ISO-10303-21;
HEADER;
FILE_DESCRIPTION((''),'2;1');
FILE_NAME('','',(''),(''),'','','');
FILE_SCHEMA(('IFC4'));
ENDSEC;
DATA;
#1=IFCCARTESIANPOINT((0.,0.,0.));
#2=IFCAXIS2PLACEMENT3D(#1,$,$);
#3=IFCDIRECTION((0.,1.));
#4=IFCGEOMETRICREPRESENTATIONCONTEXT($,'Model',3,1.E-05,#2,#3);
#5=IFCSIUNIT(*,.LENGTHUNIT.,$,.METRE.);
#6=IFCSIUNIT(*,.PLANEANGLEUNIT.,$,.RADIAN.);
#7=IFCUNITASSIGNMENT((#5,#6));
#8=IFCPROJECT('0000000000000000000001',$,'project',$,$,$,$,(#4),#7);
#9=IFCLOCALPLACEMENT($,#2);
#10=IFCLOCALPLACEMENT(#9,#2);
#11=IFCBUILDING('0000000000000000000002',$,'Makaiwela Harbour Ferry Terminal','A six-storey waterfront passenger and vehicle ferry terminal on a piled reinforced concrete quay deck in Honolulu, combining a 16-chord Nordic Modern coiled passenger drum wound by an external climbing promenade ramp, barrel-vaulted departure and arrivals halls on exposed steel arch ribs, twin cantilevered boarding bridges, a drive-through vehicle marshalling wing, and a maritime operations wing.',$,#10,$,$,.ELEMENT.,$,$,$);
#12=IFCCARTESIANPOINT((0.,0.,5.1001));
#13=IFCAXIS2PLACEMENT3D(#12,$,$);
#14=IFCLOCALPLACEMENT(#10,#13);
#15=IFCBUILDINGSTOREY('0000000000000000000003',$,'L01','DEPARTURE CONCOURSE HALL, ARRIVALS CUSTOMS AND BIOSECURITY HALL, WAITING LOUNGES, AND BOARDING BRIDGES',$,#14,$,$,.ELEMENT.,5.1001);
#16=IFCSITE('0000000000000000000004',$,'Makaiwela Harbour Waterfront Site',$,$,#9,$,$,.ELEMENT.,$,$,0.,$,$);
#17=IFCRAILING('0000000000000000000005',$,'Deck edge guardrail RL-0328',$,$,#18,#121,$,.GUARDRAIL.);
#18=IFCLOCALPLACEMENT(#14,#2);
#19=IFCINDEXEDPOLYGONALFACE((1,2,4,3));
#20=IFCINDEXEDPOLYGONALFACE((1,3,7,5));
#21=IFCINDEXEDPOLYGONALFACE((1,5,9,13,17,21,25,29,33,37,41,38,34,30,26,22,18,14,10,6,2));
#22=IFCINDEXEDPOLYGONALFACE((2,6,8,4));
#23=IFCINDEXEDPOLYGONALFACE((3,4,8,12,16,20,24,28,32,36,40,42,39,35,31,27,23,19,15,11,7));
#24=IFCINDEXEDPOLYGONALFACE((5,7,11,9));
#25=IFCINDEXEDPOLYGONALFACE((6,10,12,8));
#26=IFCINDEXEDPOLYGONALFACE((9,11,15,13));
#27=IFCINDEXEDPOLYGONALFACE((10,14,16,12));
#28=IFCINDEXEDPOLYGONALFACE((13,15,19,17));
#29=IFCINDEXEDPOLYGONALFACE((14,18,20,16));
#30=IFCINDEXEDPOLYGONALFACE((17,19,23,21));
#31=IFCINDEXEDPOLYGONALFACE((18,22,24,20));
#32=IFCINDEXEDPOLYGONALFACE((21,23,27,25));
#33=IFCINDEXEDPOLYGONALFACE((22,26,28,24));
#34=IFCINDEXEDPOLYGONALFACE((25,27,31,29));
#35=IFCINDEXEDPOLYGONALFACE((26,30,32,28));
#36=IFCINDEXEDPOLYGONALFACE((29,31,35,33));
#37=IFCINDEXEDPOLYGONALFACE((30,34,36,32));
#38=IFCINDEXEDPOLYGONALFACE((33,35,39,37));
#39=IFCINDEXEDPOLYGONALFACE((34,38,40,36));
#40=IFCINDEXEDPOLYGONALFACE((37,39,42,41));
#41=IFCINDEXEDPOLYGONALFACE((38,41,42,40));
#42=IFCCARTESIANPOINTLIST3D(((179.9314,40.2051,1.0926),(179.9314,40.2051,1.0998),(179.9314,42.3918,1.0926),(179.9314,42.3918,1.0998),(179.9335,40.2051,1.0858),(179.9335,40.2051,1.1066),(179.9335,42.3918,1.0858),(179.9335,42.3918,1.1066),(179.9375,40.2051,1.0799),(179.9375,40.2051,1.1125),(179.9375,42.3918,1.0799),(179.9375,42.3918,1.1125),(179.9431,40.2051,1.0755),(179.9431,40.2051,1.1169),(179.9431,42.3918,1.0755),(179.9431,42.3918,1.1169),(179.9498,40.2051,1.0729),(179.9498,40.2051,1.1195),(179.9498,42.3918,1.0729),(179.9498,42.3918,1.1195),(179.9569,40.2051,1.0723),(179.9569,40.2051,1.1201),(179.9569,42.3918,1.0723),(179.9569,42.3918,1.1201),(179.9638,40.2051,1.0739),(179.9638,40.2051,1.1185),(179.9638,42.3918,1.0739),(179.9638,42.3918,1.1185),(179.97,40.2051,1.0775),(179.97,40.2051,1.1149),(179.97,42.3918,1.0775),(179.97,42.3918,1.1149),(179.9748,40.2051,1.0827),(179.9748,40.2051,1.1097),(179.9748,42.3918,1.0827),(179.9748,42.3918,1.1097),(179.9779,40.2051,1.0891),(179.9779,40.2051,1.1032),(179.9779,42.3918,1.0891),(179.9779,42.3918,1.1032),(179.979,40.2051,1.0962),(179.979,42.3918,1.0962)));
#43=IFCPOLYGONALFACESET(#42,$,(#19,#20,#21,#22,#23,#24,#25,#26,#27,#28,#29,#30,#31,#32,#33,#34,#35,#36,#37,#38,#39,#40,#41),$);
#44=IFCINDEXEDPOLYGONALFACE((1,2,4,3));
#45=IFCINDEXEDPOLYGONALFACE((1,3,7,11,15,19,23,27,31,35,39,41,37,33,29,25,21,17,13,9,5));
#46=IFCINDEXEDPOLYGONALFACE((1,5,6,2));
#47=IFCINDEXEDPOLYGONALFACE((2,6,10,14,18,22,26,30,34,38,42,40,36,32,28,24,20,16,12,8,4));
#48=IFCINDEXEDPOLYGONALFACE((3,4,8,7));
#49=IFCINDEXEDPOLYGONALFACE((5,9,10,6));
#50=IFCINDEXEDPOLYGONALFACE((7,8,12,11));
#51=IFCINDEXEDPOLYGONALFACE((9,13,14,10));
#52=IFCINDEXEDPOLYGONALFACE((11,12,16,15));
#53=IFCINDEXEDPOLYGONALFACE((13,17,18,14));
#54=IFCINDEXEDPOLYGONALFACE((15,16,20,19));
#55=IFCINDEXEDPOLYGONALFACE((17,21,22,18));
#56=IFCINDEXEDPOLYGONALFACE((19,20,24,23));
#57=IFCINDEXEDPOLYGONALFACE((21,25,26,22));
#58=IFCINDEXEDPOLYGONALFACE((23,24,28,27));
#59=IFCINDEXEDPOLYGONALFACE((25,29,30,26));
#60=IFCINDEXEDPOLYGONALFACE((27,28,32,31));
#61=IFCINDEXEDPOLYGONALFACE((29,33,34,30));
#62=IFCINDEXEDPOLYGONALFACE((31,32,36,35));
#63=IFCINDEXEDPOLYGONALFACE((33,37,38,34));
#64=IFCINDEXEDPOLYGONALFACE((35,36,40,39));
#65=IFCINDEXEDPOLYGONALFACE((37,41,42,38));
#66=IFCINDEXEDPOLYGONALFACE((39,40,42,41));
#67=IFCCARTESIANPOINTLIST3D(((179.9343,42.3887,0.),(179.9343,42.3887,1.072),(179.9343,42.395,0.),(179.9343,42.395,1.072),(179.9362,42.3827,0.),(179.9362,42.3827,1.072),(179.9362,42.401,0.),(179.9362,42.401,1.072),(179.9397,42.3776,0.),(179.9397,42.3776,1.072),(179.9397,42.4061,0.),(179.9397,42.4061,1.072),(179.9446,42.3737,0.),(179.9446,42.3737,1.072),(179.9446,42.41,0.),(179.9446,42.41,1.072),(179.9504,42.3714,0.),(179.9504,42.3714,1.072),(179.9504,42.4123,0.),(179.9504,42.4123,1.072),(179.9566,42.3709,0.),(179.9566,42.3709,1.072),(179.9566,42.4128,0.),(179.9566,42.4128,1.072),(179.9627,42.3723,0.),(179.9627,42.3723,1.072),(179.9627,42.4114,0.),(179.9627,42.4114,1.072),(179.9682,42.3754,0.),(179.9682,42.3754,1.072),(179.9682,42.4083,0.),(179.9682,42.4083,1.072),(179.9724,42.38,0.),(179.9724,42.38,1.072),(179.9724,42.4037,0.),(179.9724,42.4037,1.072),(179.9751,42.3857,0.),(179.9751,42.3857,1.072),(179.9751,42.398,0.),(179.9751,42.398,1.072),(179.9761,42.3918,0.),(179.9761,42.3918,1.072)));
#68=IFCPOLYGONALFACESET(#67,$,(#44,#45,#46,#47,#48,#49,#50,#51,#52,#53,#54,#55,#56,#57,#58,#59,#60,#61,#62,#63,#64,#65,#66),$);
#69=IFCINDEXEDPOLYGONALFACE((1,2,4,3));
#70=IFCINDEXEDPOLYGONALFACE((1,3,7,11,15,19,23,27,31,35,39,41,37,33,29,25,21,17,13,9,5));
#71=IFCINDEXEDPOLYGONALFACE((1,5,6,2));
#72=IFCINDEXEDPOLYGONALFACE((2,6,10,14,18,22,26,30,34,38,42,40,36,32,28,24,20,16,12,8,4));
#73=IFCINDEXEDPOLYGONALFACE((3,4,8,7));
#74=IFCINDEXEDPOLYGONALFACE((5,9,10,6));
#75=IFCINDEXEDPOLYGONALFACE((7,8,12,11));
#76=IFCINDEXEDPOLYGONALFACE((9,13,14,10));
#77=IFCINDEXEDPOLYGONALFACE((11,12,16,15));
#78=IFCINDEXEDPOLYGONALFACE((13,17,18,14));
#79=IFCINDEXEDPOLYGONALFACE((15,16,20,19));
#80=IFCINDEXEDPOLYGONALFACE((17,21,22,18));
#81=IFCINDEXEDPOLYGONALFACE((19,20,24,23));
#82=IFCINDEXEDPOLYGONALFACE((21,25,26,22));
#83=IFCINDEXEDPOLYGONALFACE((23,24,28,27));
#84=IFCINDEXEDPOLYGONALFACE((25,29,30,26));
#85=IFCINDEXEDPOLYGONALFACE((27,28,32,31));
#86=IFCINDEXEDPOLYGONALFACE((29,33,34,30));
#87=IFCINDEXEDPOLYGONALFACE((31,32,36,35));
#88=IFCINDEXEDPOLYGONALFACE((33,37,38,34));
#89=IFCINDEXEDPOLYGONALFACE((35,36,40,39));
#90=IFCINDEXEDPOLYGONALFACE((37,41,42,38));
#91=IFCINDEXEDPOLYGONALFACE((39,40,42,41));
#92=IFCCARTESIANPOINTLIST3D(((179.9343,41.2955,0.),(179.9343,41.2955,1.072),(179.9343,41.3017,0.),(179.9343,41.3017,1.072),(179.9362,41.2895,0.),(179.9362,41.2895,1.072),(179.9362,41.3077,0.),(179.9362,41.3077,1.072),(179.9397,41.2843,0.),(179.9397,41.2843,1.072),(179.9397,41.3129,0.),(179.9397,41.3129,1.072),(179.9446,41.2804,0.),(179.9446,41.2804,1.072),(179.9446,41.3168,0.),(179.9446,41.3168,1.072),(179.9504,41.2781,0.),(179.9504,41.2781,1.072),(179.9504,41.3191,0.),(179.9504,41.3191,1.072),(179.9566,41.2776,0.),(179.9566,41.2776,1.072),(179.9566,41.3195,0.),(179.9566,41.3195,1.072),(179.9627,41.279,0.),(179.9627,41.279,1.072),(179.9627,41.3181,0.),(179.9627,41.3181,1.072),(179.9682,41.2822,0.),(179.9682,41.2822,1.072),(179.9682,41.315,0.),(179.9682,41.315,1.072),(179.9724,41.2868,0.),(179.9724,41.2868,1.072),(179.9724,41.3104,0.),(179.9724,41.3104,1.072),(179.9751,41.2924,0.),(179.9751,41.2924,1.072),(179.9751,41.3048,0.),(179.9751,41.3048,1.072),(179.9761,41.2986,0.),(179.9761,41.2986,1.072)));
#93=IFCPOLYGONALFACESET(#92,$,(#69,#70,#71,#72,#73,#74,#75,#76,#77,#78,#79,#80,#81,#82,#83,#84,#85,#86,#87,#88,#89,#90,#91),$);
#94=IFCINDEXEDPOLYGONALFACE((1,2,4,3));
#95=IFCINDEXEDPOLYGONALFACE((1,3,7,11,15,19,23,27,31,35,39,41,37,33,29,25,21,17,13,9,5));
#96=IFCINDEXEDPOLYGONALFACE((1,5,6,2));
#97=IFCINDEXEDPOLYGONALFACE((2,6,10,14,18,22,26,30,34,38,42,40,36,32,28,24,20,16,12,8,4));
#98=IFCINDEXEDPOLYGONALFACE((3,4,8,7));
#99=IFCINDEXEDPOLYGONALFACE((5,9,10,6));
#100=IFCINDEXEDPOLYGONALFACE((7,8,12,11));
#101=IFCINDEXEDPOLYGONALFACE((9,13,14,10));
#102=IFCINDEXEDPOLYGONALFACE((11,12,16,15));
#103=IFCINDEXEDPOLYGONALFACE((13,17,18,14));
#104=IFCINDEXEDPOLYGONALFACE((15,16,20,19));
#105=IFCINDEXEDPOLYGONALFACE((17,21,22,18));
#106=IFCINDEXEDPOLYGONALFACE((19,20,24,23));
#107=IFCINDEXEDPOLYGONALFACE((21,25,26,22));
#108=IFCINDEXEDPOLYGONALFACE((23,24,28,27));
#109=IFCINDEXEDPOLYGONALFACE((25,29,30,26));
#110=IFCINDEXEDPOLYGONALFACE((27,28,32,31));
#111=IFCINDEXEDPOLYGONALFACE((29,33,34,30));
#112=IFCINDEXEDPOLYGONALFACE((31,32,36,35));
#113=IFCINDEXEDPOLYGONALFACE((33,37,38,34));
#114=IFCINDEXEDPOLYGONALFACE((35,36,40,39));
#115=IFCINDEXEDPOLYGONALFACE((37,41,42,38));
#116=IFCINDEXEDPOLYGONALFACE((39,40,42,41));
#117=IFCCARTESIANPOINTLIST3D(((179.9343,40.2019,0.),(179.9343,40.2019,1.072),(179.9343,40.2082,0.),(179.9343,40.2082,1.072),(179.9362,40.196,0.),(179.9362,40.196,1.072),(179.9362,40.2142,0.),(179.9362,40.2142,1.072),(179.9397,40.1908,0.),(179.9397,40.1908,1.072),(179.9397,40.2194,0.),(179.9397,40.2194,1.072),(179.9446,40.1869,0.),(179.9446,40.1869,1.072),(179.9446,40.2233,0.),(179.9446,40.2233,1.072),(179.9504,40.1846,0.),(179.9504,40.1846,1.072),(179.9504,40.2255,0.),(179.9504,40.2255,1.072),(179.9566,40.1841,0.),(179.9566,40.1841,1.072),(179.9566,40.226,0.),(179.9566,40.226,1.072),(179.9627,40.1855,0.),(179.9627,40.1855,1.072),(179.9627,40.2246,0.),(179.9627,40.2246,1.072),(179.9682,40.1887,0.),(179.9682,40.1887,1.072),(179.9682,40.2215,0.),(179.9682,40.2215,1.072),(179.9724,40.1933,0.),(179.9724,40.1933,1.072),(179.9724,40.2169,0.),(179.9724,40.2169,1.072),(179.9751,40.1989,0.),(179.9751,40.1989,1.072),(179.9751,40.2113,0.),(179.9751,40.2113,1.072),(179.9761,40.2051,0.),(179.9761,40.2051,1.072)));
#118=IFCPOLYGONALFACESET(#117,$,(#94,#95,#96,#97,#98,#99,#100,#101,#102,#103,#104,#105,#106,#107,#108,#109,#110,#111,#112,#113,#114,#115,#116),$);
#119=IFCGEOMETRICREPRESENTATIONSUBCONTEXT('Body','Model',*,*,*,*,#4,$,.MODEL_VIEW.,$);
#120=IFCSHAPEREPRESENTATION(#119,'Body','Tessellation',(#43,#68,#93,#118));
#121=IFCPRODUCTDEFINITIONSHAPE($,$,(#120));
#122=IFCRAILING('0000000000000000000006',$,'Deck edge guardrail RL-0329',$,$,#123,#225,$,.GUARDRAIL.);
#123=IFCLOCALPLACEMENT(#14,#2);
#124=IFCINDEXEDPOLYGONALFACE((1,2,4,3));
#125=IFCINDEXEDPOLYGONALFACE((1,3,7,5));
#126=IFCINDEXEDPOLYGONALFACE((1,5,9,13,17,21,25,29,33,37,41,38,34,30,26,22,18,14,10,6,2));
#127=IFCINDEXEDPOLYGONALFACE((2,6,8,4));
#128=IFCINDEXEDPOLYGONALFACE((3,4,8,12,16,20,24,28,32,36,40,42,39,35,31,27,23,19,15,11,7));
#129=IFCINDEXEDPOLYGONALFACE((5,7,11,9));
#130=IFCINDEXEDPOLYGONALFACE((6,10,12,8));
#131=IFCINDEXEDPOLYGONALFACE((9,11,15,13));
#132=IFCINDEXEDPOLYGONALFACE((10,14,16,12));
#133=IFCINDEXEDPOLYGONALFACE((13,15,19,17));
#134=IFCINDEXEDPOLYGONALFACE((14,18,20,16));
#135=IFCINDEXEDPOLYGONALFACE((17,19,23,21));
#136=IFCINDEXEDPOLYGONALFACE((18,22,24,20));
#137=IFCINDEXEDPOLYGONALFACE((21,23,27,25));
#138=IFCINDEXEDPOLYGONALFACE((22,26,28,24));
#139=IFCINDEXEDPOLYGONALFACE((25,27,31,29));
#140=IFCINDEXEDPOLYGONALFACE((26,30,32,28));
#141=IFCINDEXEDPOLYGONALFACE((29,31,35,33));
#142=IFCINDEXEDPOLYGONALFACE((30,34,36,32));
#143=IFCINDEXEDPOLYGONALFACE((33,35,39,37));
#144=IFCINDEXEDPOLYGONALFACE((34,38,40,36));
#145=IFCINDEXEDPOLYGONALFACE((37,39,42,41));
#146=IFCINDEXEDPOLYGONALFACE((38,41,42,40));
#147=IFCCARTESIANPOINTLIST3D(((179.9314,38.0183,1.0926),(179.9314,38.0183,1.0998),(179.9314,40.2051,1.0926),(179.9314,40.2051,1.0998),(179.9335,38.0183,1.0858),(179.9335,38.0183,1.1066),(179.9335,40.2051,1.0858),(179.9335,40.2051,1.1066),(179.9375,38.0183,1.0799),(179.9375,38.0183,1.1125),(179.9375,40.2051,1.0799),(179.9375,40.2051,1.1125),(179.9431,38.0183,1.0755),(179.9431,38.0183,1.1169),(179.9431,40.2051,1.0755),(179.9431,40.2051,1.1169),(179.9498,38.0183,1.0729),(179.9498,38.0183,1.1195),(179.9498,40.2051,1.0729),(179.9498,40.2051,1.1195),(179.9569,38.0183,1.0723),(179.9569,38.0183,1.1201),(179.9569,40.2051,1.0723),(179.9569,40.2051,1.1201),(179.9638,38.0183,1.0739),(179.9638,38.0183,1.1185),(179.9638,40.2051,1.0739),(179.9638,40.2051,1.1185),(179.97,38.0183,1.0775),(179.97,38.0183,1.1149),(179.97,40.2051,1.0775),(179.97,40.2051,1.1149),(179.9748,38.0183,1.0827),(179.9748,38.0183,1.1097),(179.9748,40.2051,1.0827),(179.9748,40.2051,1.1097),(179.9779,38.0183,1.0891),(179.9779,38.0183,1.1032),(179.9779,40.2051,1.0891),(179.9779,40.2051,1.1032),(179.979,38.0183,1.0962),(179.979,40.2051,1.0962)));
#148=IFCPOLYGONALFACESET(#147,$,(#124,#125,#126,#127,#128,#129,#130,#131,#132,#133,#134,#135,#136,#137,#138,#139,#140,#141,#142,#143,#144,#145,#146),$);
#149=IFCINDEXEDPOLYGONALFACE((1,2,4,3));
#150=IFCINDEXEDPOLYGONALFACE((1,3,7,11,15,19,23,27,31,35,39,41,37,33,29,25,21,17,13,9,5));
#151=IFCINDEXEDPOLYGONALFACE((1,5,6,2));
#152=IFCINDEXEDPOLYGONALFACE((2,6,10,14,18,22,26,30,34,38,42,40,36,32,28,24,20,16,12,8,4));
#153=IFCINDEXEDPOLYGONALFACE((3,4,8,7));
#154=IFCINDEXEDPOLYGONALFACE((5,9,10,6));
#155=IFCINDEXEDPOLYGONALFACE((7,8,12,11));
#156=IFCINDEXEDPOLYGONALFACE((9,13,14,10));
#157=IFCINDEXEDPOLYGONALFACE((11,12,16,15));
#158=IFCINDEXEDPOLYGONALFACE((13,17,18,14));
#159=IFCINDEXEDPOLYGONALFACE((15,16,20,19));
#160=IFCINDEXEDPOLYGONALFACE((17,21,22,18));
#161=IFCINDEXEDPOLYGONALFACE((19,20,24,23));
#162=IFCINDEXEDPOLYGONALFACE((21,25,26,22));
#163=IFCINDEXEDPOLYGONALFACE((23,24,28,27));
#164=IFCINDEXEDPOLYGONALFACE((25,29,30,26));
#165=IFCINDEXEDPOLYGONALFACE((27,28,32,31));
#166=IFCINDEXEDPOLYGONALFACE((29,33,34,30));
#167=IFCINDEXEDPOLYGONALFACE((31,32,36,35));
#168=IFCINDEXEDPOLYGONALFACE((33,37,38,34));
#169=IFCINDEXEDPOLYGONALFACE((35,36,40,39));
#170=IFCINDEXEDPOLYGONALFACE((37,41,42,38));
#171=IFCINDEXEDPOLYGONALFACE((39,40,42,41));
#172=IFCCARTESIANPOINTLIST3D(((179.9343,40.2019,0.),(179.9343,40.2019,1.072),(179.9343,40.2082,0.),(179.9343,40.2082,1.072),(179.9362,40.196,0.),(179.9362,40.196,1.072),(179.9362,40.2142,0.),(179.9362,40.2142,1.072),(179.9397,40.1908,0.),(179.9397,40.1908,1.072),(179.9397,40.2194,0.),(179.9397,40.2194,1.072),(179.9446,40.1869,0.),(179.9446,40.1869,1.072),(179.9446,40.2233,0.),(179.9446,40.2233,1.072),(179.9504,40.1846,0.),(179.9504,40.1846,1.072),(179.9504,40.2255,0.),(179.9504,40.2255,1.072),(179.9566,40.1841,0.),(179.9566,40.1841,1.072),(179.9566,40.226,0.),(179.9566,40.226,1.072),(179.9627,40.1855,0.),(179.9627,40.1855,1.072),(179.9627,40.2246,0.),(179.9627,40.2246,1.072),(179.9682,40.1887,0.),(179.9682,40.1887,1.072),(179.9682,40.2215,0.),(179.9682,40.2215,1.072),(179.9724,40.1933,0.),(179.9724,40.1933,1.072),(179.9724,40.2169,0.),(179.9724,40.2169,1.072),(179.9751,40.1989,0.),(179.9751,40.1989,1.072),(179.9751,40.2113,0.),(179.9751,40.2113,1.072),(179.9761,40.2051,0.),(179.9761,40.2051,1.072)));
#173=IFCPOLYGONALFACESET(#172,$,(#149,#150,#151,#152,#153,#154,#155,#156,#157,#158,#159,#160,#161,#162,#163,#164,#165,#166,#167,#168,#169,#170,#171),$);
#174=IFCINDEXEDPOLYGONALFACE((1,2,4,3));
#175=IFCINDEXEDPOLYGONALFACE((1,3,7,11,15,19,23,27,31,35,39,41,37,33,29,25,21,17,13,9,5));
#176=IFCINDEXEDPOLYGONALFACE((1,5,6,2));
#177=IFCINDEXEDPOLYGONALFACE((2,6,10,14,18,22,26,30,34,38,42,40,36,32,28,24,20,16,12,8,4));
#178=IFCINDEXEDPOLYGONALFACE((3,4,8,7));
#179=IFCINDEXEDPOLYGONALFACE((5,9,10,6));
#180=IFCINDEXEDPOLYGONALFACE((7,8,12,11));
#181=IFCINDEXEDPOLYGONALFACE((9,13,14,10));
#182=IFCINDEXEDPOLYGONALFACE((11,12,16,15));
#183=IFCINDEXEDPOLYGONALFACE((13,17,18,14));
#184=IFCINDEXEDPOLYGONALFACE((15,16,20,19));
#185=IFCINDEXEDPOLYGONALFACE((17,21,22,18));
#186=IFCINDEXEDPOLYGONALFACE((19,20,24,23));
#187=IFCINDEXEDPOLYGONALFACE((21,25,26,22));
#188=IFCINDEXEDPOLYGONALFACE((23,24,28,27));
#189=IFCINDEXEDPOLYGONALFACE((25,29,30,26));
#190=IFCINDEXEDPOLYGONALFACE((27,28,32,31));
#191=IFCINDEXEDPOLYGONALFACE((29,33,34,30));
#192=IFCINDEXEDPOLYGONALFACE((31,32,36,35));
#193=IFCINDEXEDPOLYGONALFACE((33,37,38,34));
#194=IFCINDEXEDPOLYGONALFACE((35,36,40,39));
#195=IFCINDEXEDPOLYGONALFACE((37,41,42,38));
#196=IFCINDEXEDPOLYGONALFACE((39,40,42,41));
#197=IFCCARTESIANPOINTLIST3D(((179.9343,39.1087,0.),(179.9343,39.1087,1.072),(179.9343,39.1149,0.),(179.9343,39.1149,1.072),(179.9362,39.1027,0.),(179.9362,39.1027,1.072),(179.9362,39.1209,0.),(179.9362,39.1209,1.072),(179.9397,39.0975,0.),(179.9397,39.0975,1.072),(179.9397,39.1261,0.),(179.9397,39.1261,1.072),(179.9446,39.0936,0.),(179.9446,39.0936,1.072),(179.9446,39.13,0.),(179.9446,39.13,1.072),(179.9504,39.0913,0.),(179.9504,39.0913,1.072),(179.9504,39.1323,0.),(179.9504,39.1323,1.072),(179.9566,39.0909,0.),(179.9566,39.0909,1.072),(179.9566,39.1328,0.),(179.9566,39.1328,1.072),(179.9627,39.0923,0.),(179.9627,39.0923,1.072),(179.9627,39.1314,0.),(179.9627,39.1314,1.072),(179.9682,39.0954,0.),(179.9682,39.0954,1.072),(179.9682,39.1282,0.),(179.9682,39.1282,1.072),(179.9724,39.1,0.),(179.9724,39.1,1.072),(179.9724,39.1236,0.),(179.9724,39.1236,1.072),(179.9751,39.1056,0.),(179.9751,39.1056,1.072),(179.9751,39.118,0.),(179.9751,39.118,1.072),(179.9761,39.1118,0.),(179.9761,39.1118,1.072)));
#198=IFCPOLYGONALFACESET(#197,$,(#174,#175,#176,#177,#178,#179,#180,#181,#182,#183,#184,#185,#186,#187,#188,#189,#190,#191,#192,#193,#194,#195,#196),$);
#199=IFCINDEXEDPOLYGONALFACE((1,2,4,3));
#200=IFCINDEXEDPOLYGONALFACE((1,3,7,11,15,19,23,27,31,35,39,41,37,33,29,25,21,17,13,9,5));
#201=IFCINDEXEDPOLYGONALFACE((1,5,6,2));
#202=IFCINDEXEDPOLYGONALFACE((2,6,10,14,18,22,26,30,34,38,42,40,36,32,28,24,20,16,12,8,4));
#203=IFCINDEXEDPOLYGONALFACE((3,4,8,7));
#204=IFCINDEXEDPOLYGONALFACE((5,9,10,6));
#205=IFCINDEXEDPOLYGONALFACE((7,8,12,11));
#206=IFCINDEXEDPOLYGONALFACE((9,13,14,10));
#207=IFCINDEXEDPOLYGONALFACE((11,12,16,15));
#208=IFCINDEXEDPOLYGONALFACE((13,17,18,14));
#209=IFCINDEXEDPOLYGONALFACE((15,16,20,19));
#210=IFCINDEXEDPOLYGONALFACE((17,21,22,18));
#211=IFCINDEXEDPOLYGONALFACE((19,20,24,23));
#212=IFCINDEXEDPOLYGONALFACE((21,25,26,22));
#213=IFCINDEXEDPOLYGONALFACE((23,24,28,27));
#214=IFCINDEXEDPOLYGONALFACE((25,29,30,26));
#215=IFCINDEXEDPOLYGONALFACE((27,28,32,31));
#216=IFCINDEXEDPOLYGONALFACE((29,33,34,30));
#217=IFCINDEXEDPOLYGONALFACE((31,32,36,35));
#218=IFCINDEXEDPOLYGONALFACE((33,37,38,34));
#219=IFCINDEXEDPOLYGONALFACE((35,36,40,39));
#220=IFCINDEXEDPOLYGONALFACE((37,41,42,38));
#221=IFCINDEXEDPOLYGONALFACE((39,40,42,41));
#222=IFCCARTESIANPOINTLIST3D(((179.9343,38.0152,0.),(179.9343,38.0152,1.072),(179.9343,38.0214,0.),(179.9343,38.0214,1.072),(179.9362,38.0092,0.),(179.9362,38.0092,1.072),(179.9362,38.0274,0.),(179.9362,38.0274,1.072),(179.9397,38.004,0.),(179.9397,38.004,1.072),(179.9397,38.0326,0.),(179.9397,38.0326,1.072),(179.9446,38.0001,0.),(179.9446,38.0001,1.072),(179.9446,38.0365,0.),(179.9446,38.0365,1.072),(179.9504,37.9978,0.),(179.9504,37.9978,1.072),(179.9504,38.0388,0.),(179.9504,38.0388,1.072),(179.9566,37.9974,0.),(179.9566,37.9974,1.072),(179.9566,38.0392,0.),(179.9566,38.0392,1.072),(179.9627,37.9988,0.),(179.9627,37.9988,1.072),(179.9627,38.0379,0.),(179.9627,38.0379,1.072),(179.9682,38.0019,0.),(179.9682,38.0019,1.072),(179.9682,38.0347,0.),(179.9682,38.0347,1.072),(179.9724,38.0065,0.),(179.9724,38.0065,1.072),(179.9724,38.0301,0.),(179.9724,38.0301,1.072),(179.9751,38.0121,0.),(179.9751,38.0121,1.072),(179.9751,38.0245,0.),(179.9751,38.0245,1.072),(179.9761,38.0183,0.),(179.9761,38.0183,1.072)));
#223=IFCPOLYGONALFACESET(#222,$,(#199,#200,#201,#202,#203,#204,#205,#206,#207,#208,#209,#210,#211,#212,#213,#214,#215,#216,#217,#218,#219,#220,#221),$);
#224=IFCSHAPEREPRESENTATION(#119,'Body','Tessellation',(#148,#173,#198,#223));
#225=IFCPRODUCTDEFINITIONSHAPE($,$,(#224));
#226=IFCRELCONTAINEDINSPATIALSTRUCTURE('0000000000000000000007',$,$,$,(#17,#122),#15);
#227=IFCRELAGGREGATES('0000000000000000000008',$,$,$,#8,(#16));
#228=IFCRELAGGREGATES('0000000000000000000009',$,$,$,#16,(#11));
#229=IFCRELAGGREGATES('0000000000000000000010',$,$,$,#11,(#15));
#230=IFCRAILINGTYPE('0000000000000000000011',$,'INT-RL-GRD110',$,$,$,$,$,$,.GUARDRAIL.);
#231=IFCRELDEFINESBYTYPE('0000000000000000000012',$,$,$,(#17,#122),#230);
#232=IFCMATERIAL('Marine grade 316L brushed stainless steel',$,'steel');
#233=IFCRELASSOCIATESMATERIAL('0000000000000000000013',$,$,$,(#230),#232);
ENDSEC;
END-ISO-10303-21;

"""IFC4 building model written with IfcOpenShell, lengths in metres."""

from ifc_helpers import new_model, si_unit, direction, frame, origin, origin_2d, place, context, subcontext, project, spatial, circle, extrude, material, type_object, element, save


model = new_model("IFC4")

# Units and contexts
model_context = context("Model", 3, precision=1e-05, world=origin(), true_north=direction((0.0, 1.0)))
body_context = subcontext(model_context, "Body", "Model", "MODEL_VIEW")
ifc_project = project(units=[si_unit("LENGTHUNIT", "METRE"), si_unit("PLANEANGLEUNIT", "RADIAN")], contexts=[model_context])

# Site, building, storey
site_placement = place(None, origin())
site = spatial("IfcSite", under=ifc_project, at=site_placement, Name="Makaiwela Harbour Waterfront Site", CompositionType="ELEMENT", RefElevation=0.0)
building_placement = place(site_placement, origin())
building = spatial("IfcBuilding", under=site, at=building_placement, Name="Makaiwela Harbour Ferry Terminal", Description="A six-storey waterfront passenger and vehicle ferry terminal on a piled reinforced concrete quay deck in Honolulu, combining a 16-chord Nordic Modern coiled passenger drum wound by an external climbing promenade ramp, barrel-vaulted departure and arrivals halls on exposed steel arch ribs, twin cantilevered boarding bridges, a drive-through vehicle marshalling wing, and a maritime operations wing.", CompositionType="ELEMENT")
storey_placement = place(building_placement, frame((0.0, 0.0, 5.1001)))
storey = spatial("IfcBuildingStorey", under=building, at=storey_placement, Name="L01", Description="DEPARTURE CONCOURSE HALL, ARRIVALS CUSTOMS AND BIOSECURITY HALL, WAITING LOUNGES, AND BOARDING BRIDGES", CompositionType="ELEMENT", Elevation=5.1001)

# Railings
ifc_material_1 = material(Name="Marine grade 316L brushed stainless steel", Category="steel")
railing_type = type_object("IfcRailingType", Name="INT-RL-GRD110", PredefinedType="GUARDRAIL", material=ifc_material_1)
for number, where, name in (
    (1, (179.9551, 42.3918, 0.0), "Deck edge guardrail RL-0328"),
    (2, (179.9551, 40.2051, 0.0), "Deck edge guardrail RL-0329"),
):
    element("IfcRailing", number, at=place(storey_placement, frame(where)), inside=storey, type_object=railing_type, Name=name, PredefinedType="GUARDRAIL", context=body_context, shape_type="SweptSolid", body=[
        extrude(circle(Radius=0.0239, at=origin_2d()), frame((0.0, 0.0, 1.0962), z_axis=(0.0, -1.0, 0.0), x_axis=(1.0, 0.0, 0.0)), (0.0, 0.0, 1.0), 2.1868),
        extrude(circle(Radius=0.021, at=origin_2d()), origin(), (0.0, 0.0, 1.0), 1.072),
        extrude(circle(Radius=0.021, at=origin_2d()), frame((0.0, -1.0933, 0.0)), (0.0, 0.0, 1.0), 1.072),
        extrude(circle(Radius=0.021, at=origin_2d()), frame((0.0, -2.1868, 0.0)), (0.0, 0.0, 1.0), 1.072),
    ])

save(model, "model.ifc")
